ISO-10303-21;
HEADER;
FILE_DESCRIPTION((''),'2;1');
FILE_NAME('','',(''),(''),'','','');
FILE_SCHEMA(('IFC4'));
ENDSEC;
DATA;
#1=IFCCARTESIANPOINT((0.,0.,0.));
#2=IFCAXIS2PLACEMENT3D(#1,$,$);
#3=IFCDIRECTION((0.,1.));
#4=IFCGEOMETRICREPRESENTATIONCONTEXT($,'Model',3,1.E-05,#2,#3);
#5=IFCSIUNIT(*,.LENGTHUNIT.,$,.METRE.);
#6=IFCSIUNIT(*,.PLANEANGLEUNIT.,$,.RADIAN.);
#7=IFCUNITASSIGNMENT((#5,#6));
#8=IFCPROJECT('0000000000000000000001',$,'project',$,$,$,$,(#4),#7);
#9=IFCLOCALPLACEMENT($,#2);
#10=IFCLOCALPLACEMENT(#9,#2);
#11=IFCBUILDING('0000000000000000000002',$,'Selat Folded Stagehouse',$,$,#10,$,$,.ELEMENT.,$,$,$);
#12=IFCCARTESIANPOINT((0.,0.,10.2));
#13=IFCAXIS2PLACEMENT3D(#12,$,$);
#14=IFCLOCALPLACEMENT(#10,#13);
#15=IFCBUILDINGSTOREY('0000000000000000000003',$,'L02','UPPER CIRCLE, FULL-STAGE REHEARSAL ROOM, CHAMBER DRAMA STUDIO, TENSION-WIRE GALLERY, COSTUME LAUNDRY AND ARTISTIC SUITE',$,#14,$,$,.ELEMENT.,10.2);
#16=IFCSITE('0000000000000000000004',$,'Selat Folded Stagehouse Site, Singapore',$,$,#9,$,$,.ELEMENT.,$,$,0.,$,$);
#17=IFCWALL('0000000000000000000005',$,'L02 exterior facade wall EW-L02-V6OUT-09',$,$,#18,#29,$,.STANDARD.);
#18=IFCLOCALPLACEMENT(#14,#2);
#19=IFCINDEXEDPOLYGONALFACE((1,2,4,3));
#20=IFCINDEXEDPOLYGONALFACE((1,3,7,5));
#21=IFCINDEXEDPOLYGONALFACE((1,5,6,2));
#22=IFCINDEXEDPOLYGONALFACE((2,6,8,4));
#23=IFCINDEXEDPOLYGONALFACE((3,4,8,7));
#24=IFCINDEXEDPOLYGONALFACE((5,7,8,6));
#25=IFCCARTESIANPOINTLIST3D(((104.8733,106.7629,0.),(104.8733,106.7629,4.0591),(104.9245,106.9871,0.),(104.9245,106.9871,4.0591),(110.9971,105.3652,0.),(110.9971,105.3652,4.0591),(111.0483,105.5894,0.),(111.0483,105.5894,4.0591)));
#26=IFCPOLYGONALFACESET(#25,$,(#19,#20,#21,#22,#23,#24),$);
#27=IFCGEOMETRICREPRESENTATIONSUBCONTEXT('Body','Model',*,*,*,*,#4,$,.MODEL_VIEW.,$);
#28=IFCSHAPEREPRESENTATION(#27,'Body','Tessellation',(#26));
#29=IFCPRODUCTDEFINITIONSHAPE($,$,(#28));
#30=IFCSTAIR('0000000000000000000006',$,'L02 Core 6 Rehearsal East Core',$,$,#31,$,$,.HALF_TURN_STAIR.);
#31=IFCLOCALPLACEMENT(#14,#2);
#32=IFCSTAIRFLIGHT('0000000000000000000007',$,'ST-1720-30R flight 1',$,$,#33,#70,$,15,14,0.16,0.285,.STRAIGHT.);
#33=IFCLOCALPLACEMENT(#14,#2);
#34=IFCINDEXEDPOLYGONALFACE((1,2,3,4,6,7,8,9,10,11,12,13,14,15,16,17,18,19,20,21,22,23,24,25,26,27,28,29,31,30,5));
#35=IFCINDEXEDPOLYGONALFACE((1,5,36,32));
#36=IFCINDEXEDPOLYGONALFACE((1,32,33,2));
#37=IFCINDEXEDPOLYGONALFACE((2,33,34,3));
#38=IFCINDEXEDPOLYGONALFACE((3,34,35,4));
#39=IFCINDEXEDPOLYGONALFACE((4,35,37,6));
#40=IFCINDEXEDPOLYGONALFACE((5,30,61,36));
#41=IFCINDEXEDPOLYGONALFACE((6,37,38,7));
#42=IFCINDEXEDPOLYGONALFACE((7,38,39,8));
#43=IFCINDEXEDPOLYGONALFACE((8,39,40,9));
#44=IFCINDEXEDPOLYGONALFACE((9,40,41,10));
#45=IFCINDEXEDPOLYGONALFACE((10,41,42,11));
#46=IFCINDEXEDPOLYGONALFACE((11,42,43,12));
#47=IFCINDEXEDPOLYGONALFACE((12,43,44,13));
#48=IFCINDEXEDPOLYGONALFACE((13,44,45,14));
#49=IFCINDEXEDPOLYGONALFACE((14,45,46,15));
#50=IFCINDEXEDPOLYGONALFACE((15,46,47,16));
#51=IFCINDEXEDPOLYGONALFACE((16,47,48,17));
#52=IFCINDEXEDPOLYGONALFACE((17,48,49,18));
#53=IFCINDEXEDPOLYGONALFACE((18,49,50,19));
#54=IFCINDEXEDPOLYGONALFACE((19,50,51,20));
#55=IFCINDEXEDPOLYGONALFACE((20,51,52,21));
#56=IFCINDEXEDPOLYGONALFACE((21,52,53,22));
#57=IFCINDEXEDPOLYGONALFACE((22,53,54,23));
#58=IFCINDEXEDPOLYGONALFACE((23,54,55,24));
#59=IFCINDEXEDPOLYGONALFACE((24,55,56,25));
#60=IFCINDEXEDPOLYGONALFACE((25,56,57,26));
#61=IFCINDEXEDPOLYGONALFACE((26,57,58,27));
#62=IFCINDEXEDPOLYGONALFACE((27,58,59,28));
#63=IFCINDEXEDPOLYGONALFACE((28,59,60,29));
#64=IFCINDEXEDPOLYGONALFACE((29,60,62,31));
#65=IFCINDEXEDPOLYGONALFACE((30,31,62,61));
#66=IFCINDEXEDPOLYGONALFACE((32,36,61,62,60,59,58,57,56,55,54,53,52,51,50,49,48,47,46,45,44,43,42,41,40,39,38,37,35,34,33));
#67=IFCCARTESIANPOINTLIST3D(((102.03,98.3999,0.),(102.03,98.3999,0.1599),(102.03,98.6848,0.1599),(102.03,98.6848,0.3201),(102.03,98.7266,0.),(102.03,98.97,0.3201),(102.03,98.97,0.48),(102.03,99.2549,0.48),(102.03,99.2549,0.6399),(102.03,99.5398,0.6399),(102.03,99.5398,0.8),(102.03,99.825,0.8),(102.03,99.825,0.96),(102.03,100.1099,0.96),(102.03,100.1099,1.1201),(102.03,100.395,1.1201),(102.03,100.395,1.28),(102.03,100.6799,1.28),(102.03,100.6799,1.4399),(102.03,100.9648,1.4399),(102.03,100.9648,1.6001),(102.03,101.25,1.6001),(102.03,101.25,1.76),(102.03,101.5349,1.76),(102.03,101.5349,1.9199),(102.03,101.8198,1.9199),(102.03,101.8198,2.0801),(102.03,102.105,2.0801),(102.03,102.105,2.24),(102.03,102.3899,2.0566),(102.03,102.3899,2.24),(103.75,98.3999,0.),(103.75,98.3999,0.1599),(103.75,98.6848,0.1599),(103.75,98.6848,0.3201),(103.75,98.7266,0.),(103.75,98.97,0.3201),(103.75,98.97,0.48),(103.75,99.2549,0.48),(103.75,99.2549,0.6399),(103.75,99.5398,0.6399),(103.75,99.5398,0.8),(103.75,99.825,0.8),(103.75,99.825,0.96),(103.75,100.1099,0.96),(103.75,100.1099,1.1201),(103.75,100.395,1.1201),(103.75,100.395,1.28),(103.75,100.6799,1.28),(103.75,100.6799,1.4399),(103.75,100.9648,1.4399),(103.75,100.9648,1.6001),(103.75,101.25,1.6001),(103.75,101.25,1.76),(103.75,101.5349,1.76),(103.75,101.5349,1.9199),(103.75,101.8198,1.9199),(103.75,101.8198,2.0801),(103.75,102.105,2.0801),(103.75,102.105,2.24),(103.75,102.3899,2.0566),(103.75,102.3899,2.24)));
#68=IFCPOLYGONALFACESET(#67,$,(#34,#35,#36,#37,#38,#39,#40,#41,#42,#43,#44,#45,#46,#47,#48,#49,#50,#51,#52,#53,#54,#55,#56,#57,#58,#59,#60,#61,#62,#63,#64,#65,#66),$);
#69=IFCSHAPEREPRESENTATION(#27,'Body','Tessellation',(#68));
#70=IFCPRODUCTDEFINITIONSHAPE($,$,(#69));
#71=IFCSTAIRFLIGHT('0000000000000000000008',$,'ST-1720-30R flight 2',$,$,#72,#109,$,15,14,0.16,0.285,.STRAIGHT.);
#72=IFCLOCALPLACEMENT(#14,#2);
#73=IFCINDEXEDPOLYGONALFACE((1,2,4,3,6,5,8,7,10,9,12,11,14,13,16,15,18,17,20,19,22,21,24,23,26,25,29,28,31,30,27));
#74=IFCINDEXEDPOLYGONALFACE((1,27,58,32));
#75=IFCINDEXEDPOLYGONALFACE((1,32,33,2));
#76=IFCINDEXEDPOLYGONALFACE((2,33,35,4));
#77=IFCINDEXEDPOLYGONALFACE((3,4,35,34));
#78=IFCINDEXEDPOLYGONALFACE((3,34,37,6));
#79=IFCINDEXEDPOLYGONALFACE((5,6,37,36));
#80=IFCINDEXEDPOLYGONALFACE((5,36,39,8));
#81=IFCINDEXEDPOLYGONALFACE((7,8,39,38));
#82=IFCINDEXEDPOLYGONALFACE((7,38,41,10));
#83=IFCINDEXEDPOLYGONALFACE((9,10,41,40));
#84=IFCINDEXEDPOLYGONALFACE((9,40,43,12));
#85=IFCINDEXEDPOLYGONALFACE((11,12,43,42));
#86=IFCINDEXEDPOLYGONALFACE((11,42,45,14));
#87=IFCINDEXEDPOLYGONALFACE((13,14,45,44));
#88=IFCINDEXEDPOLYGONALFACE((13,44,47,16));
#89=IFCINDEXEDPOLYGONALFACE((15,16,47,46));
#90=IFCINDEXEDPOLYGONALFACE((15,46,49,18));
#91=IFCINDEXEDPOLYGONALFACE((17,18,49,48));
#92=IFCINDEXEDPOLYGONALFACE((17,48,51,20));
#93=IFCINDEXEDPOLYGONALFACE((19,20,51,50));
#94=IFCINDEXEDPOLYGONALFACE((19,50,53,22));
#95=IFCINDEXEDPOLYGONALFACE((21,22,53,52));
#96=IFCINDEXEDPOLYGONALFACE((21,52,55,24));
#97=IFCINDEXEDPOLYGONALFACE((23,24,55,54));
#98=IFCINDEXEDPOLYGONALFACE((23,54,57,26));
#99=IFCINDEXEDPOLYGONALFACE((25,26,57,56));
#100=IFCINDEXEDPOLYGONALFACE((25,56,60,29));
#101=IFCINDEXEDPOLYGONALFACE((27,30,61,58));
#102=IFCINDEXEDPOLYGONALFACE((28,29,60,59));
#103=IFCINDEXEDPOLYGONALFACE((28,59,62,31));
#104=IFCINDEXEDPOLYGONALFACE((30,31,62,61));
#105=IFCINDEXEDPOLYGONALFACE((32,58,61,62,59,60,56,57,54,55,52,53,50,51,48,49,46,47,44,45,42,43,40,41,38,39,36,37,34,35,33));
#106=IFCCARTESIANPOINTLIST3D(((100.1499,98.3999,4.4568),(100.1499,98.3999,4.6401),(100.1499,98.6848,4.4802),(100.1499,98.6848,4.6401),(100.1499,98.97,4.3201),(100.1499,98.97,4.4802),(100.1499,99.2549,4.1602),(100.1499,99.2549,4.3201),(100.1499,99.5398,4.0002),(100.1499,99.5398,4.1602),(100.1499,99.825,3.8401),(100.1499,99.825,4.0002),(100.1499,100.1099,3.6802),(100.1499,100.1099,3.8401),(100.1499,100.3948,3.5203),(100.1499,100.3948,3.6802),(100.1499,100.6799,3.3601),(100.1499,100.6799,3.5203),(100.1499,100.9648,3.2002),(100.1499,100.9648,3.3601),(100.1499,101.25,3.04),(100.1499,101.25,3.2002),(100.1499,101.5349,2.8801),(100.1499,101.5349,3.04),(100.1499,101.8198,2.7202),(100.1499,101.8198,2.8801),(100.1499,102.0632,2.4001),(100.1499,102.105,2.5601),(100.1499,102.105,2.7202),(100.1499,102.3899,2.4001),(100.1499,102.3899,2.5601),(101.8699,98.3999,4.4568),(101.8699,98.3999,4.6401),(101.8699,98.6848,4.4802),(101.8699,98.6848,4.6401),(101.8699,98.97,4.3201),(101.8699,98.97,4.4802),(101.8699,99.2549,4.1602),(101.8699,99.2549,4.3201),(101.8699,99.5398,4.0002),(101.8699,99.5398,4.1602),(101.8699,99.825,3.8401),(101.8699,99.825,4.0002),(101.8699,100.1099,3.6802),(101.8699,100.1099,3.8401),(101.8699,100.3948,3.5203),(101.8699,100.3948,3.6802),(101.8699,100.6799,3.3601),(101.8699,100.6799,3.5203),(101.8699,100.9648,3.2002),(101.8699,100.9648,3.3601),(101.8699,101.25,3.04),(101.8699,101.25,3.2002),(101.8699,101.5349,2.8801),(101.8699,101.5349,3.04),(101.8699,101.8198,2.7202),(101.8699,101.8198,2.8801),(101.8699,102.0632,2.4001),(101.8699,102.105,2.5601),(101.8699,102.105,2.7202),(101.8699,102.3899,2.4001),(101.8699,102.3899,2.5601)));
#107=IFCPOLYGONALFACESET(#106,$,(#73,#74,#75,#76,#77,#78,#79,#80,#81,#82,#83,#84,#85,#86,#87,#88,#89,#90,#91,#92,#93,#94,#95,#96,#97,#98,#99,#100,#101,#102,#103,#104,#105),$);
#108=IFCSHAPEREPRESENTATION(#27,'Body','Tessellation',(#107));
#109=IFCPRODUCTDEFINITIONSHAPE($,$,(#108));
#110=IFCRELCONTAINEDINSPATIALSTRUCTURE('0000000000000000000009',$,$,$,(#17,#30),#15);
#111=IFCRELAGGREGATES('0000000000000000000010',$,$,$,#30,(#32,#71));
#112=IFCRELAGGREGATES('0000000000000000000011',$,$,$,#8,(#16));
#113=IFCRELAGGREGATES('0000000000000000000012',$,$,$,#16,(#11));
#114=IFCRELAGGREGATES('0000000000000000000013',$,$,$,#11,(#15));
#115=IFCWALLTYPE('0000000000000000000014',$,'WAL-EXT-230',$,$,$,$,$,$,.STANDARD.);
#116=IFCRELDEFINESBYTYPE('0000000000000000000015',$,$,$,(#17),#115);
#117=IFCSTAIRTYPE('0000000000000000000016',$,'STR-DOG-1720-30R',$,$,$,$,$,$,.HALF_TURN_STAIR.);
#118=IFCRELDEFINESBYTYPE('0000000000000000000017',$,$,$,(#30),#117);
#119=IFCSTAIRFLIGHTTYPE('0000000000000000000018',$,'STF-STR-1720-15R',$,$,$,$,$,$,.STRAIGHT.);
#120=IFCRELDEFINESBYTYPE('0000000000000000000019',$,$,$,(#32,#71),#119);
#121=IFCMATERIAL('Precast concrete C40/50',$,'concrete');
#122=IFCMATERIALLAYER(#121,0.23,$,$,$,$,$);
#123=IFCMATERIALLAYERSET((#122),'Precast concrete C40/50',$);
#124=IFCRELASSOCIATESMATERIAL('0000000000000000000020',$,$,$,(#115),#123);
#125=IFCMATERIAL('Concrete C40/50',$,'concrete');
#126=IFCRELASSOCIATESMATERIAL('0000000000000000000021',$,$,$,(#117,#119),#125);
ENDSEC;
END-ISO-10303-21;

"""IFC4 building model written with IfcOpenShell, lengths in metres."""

from ifc_helpers import new_model, si_unit, direction, frame, frame_2d, origin, place, context, subcontext, project, spatial, polyline, rectangle, outline, extrude, material, layer, layer_set, type_object, element, aggregate, save


model = new_model("IFC4")

# Units and contexts
model_context = context("Model", 3, precision=1e-05, world=origin(), true_north=direction((0.0, 1.0)))
body_context = subcontext(model_context, "Body", "Model", "MODEL_VIEW")
ifc_project = project(units=[si_unit("LENGTHUNIT", "METRE"), si_unit("PLANEANGLEUNIT", "RADIAN")], contexts=[model_context])

# Site, building, storey
site_placement = place(None, origin())
site = spatial("IfcSite", under=ifc_project, at=site_placement, Name="Selat Folded Stagehouse Site, Singapore", CompositionType="ELEMENT", RefElevation=0.0)
building_placement = place(site_placement, origin())
building = spatial("IfcBuilding", under=site, at=building_placement, Name="Selat Folded Stagehouse", CompositionType="ELEMENT")
storey_placement = place(building_placement, frame((0.0, 0.0, 10.2)))
storey = spatial("IfcBuildingStorey", under=building, at=storey_placement, Name="L02", Description="UPPER CIRCLE, FULL-STAGE REHEARSAL ROOM, CHAMBER DRAMA STUDIO, TENSION-WIRE GALLERY, COSTUME LAUNDRY AND ARTISTIC SUITE", CompositionType="ELEMENT", Elevation=10.2)

# Shared definitions
ifc_material_1 = material(Name="Precast concrete C40/50", Category="concrete")
ifc_layer_1 = layer(ifc_material_1, 0.23)
ifc_layer_set_1 = layer_set([ifc_layer_1], Name="Precast concrete C40/50")
wall_type_1 = type_object("IfcWallType", Name="WAL-EXT-230", PredefinedType="STANDARD", material=ifc_layer_set_1)

# Wall
wall_1_placement = place(storey_placement, frame((104.8989, 106.875, 0.0), z_axis=(0.0, 0.0, 1.0), x_axis=(0.974928, -0.22252, 0.0)))
element("IfcWall", 1, at=wall_1_placement, inside=storey, type_object=wall_type_1, Name="L02 exterior facade wall EW-L02-V6OUT-09", PredefinedType="STANDARD", context=body_context, shape_type="SweptSolid", body=[
    extrude(rectangle(XDim=6.2812, YDim=0.23, at=frame_2d((3.1406, 0.0))), origin(), (0.0, 0.0, 1.0), 4.0591),
])

# Stair, stair flights
ifc_material_2 = material(Name="Concrete C40/50", Category="concrete")
stair_type = type_object("IfcStairType", Name="STR-DOG-1720-30R", PredefinedType="HALF_TURN_STAIR", material=ifc_material_2)
stair_placement = place(storey_placement, origin())
stair = element("IfcStair", 2, at=stair_placement, inside=storey, type_object=stair_type, Name="L02 Core 6 Rehearsal East Core", PredefinedType="HALF_TURN_STAIR")
stair_flight_type = type_object("IfcStairFlightType", Name="STF-STR-1720-15R", PredefinedType="STRAIGHT", material=ifc_material_2)
stair_flight_1_placement = place(storey_placement, frame((102.8899, 98.3999, 0.0), z_axis=(0.0, 0.0, 1.0), x_axis=(0.0, 1.0, 0.0)))
stair_flight_1 = element("IfcStairFlight", 3, at=stair_flight_1_placement, type_object=stair_flight_type, Name="ST-1720-30R flight 1", NumberOfRisers=15, NumberOfTreads=14, PredefinedType="STRAIGHT", RiserHeight=0.16, TreadLength=0.285, context=body_context, shape_type="SweptSolid", body=[
    extrude(outline(polyline([(0.0, 0.0), (0.0, 0.1599), (0.2849, 0.1599), (0.2849, 0.3201), (0.5701, 0.3201), (0.5701, 0.48), (0.855, 0.48), (0.855, 0.6399), (1.1399, 0.6399), (1.1399, 0.8), (1.425, 0.8), (1.425, 0.96), (1.71, 0.96), (1.71, 1.1201), (1.9951, 1.1201), (1.9951, 1.28), (2.28, 1.28), (2.28, 1.4399), (2.5649, 1.4399), (2.5649, 1.6001), (2.8501, 1.6001), (2.8501, 1.76), (3.135, 1.76), (3.135, 1.9199), (3.4199, 1.9199), (3.4199, 2.0801), (3.7051, 2.0801), (3.7051, 2.24), (3.99, 2.24), (3.99, 2.3999), (3.99, 2.0566), (0.3267, 0.0), (0.0, 0.0)])), frame((0.0, 0.8599, 0.0), z_axis=(0.0, -1.0, 0.0), x_axis=(1.0, 0.0, 0.0)), (0.0, 0.0, 1.0), 1.72),
])
stair_flight_2_placement = place(storey_placement, frame((101.01, 102.3899, 2.4001), z_axis=(0.0, 0.0, 1.0), x_axis=(0.0, -1.0, 0.0)))
stair_flight_2 = element("IfcStairFlight", 4, at=stair_flight_2_placement, type_object=stair_flight_type, Name="ST-1720-30R flight 2", NumberOfRisers=15, NumberOfTreads=14, PredefinedType="STRAIGHT", RiserHeight=0.16, TreadLength=0.285, context=body_context, shape_type="SweptSolid", body=[
    extrude(outline(polyline([(0.0, 0.0), (0.0, 0.1599), (0.2849, 0.1599), (0.2849, 0.3201), (0.5701, 0.3201), (0.5701, 0.48), (0.855, 0.48), (0.855, 0.6399), (1.1399, 0.6399), (1.1399, 0.8), (1.425, 0.8), (1.425, 0.96), (1.71, 0.96), (1.71, 1.1201), (1.9951, 1.1201), (1.9951, 1.28), (2.28, 1.28), (2.28, 1.4399), (2.5649, 1.4399), (2.5649, 1.6001), (2.8501, 1.6001), (2.8501, 1.76), (3.135, 1.76), (3.135, 1.9199), (3.4199, 1.9199), (3.4199, 2.0801), (3.7051, 2.0801), (3.7051, 2.24), (3.99, 2.24), (3.99, 2.3999), (3.99, 2.0566), (0.3267, 0.0), (0.0, 0.0)])), frame((0.0, 0.8599, 0.0), z_axis=(0.0, -1.0, 0.0), x_axis=(1.0, 0.0, 0.0)), (0.0, 0.0, 1.0), 1.72),
])
aggregate(stair, [stair_flight_1, stair_flight_2])

save(model, "model.ifc")
